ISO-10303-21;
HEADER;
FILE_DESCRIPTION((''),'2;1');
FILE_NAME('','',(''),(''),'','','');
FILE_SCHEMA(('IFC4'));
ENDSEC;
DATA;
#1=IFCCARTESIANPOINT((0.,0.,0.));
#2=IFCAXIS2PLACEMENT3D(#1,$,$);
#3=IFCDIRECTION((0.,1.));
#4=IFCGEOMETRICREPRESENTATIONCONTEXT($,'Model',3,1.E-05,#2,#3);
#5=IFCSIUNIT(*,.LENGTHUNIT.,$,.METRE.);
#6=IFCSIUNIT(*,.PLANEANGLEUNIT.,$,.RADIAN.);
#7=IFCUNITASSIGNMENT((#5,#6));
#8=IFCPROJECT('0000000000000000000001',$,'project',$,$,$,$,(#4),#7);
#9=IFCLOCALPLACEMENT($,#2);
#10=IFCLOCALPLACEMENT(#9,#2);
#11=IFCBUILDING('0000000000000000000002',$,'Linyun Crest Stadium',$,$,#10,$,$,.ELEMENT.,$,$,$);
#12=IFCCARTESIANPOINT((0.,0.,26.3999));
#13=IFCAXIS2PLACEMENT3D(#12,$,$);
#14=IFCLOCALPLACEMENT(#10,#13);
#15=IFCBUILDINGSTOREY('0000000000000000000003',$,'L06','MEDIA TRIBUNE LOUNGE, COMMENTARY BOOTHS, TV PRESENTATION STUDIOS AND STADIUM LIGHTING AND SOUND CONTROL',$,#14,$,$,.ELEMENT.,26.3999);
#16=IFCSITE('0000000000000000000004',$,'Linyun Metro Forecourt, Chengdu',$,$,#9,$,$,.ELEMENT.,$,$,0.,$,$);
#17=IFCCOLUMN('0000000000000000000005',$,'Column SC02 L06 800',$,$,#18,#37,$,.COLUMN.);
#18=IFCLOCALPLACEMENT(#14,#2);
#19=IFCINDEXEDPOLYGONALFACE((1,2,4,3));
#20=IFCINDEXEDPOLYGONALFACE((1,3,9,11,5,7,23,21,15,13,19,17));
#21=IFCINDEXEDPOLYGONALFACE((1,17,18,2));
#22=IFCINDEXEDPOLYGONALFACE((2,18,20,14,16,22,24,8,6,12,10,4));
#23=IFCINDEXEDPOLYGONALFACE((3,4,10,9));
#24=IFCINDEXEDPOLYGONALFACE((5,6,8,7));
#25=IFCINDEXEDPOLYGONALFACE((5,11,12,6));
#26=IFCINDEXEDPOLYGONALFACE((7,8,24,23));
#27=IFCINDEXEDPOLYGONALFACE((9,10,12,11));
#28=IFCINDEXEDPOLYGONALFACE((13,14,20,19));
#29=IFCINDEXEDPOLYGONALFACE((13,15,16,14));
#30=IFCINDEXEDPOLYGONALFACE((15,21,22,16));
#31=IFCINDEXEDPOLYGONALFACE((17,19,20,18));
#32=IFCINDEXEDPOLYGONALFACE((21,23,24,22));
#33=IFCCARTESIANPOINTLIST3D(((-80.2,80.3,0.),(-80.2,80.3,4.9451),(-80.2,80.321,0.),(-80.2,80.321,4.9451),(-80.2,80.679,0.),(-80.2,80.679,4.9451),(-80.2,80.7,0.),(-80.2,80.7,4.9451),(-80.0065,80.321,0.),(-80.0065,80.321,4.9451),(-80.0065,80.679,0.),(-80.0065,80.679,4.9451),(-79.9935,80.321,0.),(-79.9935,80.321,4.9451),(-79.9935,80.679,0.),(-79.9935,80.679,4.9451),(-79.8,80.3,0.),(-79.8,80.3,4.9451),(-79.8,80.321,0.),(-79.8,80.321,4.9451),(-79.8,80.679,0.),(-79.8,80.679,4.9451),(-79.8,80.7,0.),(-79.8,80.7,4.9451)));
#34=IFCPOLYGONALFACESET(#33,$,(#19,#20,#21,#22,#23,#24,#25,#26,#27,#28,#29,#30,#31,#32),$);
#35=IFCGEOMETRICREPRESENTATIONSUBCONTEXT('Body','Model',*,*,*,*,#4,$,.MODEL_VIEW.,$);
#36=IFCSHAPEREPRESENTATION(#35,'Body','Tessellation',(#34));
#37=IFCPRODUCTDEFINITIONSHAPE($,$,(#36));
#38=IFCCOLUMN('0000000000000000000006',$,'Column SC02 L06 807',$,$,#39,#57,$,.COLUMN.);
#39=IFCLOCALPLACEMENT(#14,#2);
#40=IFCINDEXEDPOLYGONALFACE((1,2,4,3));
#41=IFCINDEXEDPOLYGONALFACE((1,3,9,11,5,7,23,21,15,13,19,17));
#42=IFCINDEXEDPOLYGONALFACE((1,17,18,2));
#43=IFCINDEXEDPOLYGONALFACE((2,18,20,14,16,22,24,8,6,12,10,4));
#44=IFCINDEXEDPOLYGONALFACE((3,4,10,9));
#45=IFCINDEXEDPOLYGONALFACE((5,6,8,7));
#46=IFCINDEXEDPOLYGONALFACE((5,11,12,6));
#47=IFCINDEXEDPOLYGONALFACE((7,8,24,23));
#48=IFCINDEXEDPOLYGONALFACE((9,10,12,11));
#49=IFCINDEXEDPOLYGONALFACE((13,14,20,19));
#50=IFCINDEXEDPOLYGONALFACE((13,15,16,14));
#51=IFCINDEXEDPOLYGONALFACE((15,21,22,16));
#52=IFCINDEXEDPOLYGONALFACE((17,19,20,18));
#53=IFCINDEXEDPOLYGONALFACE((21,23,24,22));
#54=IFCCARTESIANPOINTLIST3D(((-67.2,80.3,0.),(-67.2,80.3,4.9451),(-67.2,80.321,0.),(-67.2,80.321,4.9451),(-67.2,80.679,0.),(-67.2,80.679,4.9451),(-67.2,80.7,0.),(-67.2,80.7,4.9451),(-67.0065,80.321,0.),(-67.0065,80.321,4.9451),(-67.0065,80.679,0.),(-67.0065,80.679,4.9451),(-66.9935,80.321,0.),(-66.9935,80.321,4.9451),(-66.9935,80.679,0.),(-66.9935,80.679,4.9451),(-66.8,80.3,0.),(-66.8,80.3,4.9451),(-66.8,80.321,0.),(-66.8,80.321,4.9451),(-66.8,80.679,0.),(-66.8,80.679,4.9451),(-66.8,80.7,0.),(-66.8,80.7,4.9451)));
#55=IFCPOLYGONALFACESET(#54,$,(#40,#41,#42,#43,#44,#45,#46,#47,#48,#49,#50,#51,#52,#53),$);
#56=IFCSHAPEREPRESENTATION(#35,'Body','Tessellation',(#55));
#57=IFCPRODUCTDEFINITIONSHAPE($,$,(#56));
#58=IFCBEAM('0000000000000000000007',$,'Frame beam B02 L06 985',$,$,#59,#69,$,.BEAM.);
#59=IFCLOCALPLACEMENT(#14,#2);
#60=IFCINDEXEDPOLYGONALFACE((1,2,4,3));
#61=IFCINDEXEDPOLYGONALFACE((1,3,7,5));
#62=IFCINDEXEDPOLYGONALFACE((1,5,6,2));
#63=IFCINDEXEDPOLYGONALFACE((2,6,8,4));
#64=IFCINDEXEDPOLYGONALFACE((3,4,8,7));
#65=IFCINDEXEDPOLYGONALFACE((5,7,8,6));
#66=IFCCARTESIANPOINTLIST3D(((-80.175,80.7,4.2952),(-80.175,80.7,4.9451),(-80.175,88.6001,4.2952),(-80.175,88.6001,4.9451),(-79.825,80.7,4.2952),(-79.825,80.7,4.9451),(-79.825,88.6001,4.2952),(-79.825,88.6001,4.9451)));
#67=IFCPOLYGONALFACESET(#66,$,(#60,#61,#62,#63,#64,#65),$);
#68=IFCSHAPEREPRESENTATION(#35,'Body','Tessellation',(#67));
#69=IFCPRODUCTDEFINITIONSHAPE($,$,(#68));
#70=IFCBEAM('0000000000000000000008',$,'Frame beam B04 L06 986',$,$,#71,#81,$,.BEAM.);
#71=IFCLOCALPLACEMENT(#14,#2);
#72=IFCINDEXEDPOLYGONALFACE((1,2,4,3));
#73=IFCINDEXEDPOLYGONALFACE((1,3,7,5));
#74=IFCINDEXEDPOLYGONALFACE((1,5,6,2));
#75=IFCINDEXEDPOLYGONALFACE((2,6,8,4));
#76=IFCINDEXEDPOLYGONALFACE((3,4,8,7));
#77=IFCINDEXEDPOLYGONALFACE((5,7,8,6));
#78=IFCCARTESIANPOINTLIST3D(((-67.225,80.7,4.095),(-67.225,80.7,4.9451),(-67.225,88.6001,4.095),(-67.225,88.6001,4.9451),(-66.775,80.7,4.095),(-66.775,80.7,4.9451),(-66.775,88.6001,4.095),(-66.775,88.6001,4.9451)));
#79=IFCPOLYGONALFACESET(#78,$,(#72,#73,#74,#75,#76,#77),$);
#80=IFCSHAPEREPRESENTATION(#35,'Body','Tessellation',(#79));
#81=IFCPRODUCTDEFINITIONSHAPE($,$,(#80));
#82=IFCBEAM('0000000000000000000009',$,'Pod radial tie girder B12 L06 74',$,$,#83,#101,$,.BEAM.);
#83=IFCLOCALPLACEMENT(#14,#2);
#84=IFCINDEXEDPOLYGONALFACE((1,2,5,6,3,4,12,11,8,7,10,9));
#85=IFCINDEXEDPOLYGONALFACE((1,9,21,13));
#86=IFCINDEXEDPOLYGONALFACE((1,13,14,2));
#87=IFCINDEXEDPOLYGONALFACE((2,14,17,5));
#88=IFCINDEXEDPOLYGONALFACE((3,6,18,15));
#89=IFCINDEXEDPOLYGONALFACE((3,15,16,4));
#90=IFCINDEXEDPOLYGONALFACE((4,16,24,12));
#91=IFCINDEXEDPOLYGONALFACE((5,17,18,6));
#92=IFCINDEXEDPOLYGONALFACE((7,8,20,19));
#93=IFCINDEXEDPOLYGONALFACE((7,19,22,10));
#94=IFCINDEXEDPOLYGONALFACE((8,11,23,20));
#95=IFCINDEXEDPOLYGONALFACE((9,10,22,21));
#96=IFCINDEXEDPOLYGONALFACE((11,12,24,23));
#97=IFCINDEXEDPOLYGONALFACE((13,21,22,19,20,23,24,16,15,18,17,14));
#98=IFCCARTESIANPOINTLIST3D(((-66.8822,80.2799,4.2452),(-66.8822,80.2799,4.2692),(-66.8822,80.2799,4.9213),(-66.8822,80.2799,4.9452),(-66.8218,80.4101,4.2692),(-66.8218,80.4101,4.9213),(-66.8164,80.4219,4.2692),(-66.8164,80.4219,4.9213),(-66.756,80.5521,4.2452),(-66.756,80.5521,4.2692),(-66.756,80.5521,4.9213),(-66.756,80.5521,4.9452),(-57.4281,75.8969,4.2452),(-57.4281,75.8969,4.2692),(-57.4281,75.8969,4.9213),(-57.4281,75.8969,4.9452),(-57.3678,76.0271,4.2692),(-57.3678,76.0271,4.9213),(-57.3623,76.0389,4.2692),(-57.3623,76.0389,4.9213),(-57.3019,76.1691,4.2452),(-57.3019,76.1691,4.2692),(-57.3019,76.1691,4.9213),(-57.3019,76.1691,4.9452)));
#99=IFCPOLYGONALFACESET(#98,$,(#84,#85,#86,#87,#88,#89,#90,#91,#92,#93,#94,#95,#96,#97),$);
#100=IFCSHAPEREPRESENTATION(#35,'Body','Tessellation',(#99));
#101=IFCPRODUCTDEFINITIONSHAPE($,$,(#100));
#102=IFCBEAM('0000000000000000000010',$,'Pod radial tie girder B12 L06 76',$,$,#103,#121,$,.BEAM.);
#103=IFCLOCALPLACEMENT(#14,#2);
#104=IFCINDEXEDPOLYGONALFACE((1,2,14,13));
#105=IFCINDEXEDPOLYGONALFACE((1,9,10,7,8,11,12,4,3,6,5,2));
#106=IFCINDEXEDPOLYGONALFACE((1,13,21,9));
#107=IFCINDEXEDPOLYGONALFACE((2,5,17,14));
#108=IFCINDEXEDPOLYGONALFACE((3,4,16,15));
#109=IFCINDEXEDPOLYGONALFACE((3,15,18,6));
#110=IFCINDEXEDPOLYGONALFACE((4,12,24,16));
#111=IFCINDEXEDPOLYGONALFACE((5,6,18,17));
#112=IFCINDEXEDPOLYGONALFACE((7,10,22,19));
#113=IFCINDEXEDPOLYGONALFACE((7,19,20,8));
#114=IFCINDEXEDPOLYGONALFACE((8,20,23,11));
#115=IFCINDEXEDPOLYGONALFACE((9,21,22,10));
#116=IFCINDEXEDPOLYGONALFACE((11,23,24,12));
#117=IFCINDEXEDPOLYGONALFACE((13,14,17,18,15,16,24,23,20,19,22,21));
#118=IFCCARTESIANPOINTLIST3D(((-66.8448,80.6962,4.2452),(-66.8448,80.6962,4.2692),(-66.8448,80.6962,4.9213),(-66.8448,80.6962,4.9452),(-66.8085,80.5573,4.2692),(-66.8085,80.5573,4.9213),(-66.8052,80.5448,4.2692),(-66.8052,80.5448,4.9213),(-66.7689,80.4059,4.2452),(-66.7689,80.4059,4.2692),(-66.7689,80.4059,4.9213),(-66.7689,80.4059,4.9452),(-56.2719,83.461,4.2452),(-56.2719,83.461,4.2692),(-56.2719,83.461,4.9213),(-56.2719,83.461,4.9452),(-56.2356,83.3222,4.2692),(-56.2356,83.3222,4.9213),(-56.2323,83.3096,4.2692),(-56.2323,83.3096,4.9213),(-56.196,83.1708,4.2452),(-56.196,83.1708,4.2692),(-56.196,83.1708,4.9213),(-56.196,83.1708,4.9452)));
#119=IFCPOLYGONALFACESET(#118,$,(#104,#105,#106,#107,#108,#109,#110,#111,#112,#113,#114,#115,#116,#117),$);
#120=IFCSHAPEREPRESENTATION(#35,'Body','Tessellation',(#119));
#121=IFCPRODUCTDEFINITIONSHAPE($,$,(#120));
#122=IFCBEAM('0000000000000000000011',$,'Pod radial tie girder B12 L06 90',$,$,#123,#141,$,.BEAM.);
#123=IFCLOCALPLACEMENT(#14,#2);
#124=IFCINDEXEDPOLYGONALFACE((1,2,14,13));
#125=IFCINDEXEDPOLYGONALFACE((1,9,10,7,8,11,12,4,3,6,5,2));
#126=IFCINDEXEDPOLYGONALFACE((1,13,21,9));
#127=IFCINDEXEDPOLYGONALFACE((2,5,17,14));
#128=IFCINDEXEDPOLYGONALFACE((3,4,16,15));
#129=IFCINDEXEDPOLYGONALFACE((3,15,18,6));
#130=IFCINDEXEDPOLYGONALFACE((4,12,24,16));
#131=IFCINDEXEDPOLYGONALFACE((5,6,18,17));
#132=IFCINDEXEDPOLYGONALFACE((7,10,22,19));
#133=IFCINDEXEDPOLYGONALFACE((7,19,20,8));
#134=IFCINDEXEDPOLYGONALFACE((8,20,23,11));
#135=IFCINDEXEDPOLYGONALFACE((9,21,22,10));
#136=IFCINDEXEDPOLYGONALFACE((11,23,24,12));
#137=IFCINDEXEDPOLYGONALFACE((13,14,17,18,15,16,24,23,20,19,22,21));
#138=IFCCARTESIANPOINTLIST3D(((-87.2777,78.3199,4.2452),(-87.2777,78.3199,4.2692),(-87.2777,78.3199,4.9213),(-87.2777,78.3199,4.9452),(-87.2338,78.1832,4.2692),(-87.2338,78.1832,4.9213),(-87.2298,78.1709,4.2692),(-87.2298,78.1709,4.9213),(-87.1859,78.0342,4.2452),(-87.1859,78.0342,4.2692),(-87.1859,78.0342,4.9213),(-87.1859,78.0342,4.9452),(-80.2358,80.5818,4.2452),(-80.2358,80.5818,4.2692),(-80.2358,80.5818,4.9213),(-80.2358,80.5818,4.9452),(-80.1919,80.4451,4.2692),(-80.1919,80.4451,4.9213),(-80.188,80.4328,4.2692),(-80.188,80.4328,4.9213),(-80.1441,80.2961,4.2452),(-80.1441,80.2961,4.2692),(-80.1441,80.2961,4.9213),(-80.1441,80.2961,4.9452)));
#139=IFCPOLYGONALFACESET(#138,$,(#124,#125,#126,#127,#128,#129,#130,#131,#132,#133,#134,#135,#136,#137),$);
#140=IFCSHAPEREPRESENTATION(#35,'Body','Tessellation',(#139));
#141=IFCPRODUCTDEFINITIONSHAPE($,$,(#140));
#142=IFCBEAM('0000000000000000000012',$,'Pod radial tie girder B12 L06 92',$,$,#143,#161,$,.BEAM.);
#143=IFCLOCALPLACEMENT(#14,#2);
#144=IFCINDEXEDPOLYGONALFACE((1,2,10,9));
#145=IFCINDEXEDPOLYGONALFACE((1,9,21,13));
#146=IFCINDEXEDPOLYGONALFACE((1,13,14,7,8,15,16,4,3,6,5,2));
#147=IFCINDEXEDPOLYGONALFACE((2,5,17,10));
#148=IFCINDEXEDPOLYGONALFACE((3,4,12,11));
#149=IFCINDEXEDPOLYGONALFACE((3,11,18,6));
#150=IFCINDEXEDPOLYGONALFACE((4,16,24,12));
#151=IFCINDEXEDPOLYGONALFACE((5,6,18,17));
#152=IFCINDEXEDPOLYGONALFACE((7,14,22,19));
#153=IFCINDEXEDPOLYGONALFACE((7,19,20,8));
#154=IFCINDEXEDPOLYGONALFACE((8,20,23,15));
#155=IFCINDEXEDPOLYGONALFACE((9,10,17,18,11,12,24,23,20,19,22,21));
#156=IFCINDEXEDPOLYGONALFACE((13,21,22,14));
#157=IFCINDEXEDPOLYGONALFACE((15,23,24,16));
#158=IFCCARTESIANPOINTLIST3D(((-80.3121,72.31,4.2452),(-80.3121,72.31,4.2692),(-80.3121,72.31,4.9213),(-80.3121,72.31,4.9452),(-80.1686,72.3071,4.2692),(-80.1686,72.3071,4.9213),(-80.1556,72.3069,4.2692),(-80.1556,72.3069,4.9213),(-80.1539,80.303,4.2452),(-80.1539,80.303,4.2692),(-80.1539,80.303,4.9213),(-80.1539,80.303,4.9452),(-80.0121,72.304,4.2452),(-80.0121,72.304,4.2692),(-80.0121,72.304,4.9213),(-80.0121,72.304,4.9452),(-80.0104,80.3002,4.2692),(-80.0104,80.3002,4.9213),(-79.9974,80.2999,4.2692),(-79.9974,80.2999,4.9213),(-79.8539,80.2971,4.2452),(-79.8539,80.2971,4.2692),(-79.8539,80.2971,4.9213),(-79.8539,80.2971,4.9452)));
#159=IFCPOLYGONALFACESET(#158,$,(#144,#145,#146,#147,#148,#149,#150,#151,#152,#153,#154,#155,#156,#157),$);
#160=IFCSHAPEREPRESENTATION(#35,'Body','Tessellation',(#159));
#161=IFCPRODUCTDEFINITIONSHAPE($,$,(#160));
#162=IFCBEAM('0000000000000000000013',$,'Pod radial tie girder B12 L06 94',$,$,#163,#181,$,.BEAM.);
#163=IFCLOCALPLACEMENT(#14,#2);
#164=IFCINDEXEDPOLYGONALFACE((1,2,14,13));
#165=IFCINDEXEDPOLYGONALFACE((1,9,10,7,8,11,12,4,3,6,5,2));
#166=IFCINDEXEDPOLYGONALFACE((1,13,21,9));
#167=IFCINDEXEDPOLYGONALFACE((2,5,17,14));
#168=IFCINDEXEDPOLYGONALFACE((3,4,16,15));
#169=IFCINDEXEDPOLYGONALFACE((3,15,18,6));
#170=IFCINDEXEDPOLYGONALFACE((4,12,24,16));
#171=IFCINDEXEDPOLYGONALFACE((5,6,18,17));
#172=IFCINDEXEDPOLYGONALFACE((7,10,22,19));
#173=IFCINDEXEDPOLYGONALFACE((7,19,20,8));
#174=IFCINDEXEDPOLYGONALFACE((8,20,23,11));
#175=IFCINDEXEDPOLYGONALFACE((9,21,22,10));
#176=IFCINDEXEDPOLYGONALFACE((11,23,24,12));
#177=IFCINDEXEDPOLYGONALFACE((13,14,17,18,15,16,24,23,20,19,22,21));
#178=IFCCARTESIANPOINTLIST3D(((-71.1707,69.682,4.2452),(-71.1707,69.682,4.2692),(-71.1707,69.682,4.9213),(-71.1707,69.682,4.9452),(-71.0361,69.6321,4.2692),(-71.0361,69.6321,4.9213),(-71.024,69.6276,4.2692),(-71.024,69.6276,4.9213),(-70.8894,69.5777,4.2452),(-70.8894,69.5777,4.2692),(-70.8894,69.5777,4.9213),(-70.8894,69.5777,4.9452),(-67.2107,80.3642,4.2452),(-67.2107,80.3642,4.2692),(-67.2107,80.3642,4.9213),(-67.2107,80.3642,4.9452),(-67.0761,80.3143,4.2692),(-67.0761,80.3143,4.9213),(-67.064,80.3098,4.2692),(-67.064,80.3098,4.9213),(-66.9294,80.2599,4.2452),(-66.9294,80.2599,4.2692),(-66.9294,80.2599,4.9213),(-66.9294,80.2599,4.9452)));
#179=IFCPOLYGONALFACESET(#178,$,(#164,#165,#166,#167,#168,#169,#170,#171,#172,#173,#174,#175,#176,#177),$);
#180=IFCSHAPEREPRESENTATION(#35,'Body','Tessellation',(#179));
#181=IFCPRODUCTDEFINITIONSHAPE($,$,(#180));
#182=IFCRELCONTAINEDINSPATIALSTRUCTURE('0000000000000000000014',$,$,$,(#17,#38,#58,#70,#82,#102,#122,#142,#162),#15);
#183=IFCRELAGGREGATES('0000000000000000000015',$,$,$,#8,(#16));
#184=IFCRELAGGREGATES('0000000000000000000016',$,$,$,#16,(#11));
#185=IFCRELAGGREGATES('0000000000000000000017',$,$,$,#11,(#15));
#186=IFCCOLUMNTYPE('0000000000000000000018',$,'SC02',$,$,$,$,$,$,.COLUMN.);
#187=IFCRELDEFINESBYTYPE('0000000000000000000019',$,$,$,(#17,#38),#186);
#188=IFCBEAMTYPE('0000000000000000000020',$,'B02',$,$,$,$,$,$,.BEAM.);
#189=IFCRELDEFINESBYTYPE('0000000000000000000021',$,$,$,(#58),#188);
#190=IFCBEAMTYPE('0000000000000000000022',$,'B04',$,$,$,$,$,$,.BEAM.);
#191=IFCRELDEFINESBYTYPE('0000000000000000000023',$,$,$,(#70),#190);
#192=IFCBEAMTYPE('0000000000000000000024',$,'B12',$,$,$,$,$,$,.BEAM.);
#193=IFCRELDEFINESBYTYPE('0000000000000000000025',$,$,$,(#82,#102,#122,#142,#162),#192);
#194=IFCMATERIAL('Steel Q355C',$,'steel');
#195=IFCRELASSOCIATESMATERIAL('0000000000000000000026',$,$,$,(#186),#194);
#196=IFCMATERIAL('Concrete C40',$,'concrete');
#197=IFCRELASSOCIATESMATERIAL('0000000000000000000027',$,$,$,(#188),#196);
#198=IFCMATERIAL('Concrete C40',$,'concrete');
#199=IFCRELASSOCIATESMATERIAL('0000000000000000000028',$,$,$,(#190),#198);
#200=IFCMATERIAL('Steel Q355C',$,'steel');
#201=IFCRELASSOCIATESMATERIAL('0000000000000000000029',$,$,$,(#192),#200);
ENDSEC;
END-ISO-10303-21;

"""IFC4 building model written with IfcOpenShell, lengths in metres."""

from ifc_helpers import new_model, si_unit, direction, frame, origin, origin_2d, place, context, subcontext, project, spatial, rectangle, i_section, extrude, material, material_profile, profile_set, type_object, element, save


model = new_model("IFC4")

# Units and contexts
model_context = context("Model", 3, precision=1e-05, world=origin(), true_north=direction((0.0, 1.0)))
body_context = subcontext(model_context, "Body", "Model", "MODEL_VIEW")
ifc_project = project(units=[si_unit("LENGTHUNIT", "METRE"), si_unit("PLANEANGLEUNIT", "RADIAN")], contexts=[model_context])

# Site, building, storey
site_placement = place(None, origin())
site = spatial("IfcSite", under=ifc_project, at=site_placement, Name="Linyun Metro Forecourt, Chengdu", CompositionType="ELEMENT", RefElevation=0.0)
building_placement = place(site_placement, origin())
building = spatial("IfcBuilding", under=site, at=building_placement, Name="Linyun Crest Stadium", CompositionType="ELEMENT")
storey_placement = place(building_placement, frame((0.0, 0.0, 26.3999)))
storey = spatial("IfcBuildingStorey", under=building, at=storey_placement, Name="L06", Description="MEDIA TRIBUNE LOUNGE, COMMENTARY BOOTHS, TV PRESENTATION STUDIOS AND STADIUM LIGHTING AND SOUND CONTROL", CompositionType="ELEMENT", Elevation=26.3999)

# Columns
ifc_material_1 = material(Name="Steel Q355C", Category="steel")
ifc_material_profile_1 = material_profile(ifc_material_1, i_section(OverallWidth=0.3999, OverallDepth=0.3999, WebThickness=0.0129, FlangeThickness=0.021, at=origin_2d()), Name="HW 400x400")
ifc_profile_set_1 = profile_set([ifc_material_profile_1], Name="Steel Q355C")
column_type = type_object("IfcColumnType", Name="SC02", PredefinedType="COLUMN", material=ifc_profile_set_1)
for number, where, z_axis, x_axis, name in (
    (1, (-80.0, 80.5, 0.0), (0.0, 0.0, 1.0), (1.0, 0.0, 0.0), "Column SC02 L06 800"),
    (2, (-67.0, 80.5, 0.0), (0.0, 0.0, 1.0), (1.0, 0.0, 0.0), "Column SC02 L06 807"),
):
    element("IfcColumn", number, at=place(storey_placement, frame(where, z_axis=z_axis, x_axis=x_axis)), inside=storey, type_object=column_type, Name=name, PredefinedType="COLUMN", context=body_context, shape_type="SweptSolid", body=[
        extrude(i_section(OverallWidth=0.3999, OverallDepth=0.3999, WebThickness=0.0129, FlangeThickness=0.021, at=origin_2d()), origin(), (0.0, 0.0, 1.0), 4.9451),
    ])

# Beams
ifc_material_2 = material(Name="Concrete C40", Category="concrete")
ifc_material_profile_2 = material_profile(ifc_material_2, rectangle(XDim=0.3501, YDim=0.6499, at=origin_2d()), Name="RCB 650x350")
ifc_profile_set_2 = profile_set([ifc_material_profile_2], Name="Concrete C40")
beam_type_1 = type_object("IfcBeamType", Name="B02", PredefinedType="BEAM", material=ifc_profile_set_2)
beam_1_placement = place(storey_placement, frame((-80.0, 80.7, 4.6201), z_axis=(0.0, 1.0, 0.0), x_axis=(-1.0, 0.0, 0.0)))
element("IfcBeam", 3, at=beam_1_placement, inside=storey, type_object=beam_type_1, Name="Frame beam B02 L06 985", PredefinedType="BEAM", context=body_context, shape_type="SweptSolid", body=[
    extrude(rectangle(XDim=0.3501, YDim=0.6499, at=origin_2d()), origin(), (0.0, 0.0, 1.0), 7.9001),
])
ifc_material_3 = material(Name="Concrete C40", Category="concrete")
ifc_material_profile_3 = material_profile(ifc_material_3, rectangle(XDim=0.45, YDim=0.8501, at=origin_2d()), Name="RCB 850x450")
ifc_profile_set_3 = profile_set([ifc_material_profile_3], Name="Concrete C40")
beam_type_2 = type_object("IfcBeamType", Name="B04", PredefinedType="BEAM", material=ifc_profile_set_3)
beam_2_placement = place(storey_placement, frame((-67.0, 80.7, 4.52), z_axis=(0.0, 1.0, 0.0), x_axis=(-1.0, 0.0, 0.0)))
element("IfcBeam", 4, at=beam_2_placement, inside=storey, type_object=beam_type_2, Name="Frame beam B04 L06 986", PredefinedType="BEAM", context=body_context, shape_type="SweptSolid", body=[
    extrude(rectangle(XDim=0.45, YDim=0.8501, at=origin_2d()), origin(), (0.0, 0.0, 1.0), 7.9001),
])
ifc_material_4 = material(Name="Steel Q355C", Category="steel")
ifc_material_profile_4 = material_profile(ifc_material_4, i_section(OverallWidth=0.3, OverallDepth=0.7, WebThickness=0.0129, FlangeThickness=0.0239, at=origin_2d()), Name="HN 700x300")
ifc_profile_set_4 = profile_set([ifc_material_profile_4], Name="Steel Q355C")
beam_type_3 = type_object("IfcBeamType", Name="B12", PredefinedType="BEAM", material=ifc_profile_set_4)
beam_3_placement = place(storey_placement, frame((-66.8191, 80.416, 4.5952), z_axis=(0.907241, -0.42061, 0.0), x_axis=(0.42061, 0.907241, 0.0)))
element("IfcBeam", 5, at=beam_3_placement, inside=storey, type_object=beam_type_3, Name="Pod radial tie girder B12 L06 74", PredefinedType="BEAM", context=body_context, shape_type="SweptSolid", body=[
    extrude(i_section(OverallWidth=0.3, OverallDepth=0.7, WebThickness=0.0129, FlangeThickness=0.0239, at=origin_2d()), origin(), (0.0, 0.0, 1.0), 10.4207),
])
beam_4_placement = place(storey_placement, frame((-66.8069, 80.551, 4.5952), z_axis=(0.967467, 0.252998, 0.0), x_axis=(-0.252998, 0.967467, 0.0)))
element("IfcBeam", 6, at=beam_4_placement, inside=storey, type_object=beam_type_3, Name="Pod radial tie girder B12 L06 76", PredefinedType="BEAM", context=body_context, shape_type="SweptSolid", body=[
    extrude(i_section(OverallWidth=0.3, OverallDepth=0.7, WebThickness=0.0129, FlangeThickness=0.0239, at=origin_2d()), origin(), (0.0, 0.0, 1.0), 10.9285),
])
beam_5_placement = place(storey_placement, frame((-80.1899, 80.439, 4.5952), z_axis=(-0.952089, -0.305821, 0.0), x_axis=(0.305821, -0.952089, 0.0)))
element("IfcBeam", 7, at=beam_5_placement, inside=storey, type_object=beam_type_3, Name="Pod radial tie girder B12 L06 90", PredefinedType="BEAM", context=body_context, shape_type="SweptSolid", body=[
    extrude(i_section(OverallWidth=0.3, OverallDepth=0.7, WebThickness=0.0129, FlangeThickness=0.0239, at=origin_2d()), origin(), (0.0, 0.0, 1.0), 7.3962),
])
beam_6_placement = place(storey_placement, frame((-80.0039, 80.3, 4.5952), z_axis=(-0.019788, -0.999804, 0.0), x_axis=(0.999804, -0.019788, 0.0)))
element("IfcBeam", 8, at=beam_6_placement, inside=storey, type_object=beam_type_3, Name="Pod radial tie girder B12 L06 92", PredefinedType="BEAM", context=body_context, shape_type="SweptSolid", body=[
    extrude(i_section(OverallWidth=0.3, OverallDepth=0.7, WebThickness=0.0129, FlangeThickness=0.0239, at=origin_2d()), origin(), (0.0, 0.0, 1.0), 7.9946),
])
beam_7_placement = place(storey_placement, frame((-67.0701, 80.312, 4.5952), z_axis=(-0.347594, -0.937645, 0.0), x_axis=(0.937645, -0.347594, 0.0)))
element("IfcBeam", 9, at=beam_7_placement, inside=storey, type_object=beam_type_3, Name="Pod radial tie girder B12 L06 94", PredefinedType="BEAM", context=body_context, shape_type="SweptSolid", body=[
    extrude(i_section(OverallWidth=0.3, OverallDepth=0.7, WebThickness=0.0129, FlangeThickness=0.0239, at=origin_2d()), origin(), (0.0, 0.0, 1.0), 11.3926),
])

save(model, "model.ifc")
